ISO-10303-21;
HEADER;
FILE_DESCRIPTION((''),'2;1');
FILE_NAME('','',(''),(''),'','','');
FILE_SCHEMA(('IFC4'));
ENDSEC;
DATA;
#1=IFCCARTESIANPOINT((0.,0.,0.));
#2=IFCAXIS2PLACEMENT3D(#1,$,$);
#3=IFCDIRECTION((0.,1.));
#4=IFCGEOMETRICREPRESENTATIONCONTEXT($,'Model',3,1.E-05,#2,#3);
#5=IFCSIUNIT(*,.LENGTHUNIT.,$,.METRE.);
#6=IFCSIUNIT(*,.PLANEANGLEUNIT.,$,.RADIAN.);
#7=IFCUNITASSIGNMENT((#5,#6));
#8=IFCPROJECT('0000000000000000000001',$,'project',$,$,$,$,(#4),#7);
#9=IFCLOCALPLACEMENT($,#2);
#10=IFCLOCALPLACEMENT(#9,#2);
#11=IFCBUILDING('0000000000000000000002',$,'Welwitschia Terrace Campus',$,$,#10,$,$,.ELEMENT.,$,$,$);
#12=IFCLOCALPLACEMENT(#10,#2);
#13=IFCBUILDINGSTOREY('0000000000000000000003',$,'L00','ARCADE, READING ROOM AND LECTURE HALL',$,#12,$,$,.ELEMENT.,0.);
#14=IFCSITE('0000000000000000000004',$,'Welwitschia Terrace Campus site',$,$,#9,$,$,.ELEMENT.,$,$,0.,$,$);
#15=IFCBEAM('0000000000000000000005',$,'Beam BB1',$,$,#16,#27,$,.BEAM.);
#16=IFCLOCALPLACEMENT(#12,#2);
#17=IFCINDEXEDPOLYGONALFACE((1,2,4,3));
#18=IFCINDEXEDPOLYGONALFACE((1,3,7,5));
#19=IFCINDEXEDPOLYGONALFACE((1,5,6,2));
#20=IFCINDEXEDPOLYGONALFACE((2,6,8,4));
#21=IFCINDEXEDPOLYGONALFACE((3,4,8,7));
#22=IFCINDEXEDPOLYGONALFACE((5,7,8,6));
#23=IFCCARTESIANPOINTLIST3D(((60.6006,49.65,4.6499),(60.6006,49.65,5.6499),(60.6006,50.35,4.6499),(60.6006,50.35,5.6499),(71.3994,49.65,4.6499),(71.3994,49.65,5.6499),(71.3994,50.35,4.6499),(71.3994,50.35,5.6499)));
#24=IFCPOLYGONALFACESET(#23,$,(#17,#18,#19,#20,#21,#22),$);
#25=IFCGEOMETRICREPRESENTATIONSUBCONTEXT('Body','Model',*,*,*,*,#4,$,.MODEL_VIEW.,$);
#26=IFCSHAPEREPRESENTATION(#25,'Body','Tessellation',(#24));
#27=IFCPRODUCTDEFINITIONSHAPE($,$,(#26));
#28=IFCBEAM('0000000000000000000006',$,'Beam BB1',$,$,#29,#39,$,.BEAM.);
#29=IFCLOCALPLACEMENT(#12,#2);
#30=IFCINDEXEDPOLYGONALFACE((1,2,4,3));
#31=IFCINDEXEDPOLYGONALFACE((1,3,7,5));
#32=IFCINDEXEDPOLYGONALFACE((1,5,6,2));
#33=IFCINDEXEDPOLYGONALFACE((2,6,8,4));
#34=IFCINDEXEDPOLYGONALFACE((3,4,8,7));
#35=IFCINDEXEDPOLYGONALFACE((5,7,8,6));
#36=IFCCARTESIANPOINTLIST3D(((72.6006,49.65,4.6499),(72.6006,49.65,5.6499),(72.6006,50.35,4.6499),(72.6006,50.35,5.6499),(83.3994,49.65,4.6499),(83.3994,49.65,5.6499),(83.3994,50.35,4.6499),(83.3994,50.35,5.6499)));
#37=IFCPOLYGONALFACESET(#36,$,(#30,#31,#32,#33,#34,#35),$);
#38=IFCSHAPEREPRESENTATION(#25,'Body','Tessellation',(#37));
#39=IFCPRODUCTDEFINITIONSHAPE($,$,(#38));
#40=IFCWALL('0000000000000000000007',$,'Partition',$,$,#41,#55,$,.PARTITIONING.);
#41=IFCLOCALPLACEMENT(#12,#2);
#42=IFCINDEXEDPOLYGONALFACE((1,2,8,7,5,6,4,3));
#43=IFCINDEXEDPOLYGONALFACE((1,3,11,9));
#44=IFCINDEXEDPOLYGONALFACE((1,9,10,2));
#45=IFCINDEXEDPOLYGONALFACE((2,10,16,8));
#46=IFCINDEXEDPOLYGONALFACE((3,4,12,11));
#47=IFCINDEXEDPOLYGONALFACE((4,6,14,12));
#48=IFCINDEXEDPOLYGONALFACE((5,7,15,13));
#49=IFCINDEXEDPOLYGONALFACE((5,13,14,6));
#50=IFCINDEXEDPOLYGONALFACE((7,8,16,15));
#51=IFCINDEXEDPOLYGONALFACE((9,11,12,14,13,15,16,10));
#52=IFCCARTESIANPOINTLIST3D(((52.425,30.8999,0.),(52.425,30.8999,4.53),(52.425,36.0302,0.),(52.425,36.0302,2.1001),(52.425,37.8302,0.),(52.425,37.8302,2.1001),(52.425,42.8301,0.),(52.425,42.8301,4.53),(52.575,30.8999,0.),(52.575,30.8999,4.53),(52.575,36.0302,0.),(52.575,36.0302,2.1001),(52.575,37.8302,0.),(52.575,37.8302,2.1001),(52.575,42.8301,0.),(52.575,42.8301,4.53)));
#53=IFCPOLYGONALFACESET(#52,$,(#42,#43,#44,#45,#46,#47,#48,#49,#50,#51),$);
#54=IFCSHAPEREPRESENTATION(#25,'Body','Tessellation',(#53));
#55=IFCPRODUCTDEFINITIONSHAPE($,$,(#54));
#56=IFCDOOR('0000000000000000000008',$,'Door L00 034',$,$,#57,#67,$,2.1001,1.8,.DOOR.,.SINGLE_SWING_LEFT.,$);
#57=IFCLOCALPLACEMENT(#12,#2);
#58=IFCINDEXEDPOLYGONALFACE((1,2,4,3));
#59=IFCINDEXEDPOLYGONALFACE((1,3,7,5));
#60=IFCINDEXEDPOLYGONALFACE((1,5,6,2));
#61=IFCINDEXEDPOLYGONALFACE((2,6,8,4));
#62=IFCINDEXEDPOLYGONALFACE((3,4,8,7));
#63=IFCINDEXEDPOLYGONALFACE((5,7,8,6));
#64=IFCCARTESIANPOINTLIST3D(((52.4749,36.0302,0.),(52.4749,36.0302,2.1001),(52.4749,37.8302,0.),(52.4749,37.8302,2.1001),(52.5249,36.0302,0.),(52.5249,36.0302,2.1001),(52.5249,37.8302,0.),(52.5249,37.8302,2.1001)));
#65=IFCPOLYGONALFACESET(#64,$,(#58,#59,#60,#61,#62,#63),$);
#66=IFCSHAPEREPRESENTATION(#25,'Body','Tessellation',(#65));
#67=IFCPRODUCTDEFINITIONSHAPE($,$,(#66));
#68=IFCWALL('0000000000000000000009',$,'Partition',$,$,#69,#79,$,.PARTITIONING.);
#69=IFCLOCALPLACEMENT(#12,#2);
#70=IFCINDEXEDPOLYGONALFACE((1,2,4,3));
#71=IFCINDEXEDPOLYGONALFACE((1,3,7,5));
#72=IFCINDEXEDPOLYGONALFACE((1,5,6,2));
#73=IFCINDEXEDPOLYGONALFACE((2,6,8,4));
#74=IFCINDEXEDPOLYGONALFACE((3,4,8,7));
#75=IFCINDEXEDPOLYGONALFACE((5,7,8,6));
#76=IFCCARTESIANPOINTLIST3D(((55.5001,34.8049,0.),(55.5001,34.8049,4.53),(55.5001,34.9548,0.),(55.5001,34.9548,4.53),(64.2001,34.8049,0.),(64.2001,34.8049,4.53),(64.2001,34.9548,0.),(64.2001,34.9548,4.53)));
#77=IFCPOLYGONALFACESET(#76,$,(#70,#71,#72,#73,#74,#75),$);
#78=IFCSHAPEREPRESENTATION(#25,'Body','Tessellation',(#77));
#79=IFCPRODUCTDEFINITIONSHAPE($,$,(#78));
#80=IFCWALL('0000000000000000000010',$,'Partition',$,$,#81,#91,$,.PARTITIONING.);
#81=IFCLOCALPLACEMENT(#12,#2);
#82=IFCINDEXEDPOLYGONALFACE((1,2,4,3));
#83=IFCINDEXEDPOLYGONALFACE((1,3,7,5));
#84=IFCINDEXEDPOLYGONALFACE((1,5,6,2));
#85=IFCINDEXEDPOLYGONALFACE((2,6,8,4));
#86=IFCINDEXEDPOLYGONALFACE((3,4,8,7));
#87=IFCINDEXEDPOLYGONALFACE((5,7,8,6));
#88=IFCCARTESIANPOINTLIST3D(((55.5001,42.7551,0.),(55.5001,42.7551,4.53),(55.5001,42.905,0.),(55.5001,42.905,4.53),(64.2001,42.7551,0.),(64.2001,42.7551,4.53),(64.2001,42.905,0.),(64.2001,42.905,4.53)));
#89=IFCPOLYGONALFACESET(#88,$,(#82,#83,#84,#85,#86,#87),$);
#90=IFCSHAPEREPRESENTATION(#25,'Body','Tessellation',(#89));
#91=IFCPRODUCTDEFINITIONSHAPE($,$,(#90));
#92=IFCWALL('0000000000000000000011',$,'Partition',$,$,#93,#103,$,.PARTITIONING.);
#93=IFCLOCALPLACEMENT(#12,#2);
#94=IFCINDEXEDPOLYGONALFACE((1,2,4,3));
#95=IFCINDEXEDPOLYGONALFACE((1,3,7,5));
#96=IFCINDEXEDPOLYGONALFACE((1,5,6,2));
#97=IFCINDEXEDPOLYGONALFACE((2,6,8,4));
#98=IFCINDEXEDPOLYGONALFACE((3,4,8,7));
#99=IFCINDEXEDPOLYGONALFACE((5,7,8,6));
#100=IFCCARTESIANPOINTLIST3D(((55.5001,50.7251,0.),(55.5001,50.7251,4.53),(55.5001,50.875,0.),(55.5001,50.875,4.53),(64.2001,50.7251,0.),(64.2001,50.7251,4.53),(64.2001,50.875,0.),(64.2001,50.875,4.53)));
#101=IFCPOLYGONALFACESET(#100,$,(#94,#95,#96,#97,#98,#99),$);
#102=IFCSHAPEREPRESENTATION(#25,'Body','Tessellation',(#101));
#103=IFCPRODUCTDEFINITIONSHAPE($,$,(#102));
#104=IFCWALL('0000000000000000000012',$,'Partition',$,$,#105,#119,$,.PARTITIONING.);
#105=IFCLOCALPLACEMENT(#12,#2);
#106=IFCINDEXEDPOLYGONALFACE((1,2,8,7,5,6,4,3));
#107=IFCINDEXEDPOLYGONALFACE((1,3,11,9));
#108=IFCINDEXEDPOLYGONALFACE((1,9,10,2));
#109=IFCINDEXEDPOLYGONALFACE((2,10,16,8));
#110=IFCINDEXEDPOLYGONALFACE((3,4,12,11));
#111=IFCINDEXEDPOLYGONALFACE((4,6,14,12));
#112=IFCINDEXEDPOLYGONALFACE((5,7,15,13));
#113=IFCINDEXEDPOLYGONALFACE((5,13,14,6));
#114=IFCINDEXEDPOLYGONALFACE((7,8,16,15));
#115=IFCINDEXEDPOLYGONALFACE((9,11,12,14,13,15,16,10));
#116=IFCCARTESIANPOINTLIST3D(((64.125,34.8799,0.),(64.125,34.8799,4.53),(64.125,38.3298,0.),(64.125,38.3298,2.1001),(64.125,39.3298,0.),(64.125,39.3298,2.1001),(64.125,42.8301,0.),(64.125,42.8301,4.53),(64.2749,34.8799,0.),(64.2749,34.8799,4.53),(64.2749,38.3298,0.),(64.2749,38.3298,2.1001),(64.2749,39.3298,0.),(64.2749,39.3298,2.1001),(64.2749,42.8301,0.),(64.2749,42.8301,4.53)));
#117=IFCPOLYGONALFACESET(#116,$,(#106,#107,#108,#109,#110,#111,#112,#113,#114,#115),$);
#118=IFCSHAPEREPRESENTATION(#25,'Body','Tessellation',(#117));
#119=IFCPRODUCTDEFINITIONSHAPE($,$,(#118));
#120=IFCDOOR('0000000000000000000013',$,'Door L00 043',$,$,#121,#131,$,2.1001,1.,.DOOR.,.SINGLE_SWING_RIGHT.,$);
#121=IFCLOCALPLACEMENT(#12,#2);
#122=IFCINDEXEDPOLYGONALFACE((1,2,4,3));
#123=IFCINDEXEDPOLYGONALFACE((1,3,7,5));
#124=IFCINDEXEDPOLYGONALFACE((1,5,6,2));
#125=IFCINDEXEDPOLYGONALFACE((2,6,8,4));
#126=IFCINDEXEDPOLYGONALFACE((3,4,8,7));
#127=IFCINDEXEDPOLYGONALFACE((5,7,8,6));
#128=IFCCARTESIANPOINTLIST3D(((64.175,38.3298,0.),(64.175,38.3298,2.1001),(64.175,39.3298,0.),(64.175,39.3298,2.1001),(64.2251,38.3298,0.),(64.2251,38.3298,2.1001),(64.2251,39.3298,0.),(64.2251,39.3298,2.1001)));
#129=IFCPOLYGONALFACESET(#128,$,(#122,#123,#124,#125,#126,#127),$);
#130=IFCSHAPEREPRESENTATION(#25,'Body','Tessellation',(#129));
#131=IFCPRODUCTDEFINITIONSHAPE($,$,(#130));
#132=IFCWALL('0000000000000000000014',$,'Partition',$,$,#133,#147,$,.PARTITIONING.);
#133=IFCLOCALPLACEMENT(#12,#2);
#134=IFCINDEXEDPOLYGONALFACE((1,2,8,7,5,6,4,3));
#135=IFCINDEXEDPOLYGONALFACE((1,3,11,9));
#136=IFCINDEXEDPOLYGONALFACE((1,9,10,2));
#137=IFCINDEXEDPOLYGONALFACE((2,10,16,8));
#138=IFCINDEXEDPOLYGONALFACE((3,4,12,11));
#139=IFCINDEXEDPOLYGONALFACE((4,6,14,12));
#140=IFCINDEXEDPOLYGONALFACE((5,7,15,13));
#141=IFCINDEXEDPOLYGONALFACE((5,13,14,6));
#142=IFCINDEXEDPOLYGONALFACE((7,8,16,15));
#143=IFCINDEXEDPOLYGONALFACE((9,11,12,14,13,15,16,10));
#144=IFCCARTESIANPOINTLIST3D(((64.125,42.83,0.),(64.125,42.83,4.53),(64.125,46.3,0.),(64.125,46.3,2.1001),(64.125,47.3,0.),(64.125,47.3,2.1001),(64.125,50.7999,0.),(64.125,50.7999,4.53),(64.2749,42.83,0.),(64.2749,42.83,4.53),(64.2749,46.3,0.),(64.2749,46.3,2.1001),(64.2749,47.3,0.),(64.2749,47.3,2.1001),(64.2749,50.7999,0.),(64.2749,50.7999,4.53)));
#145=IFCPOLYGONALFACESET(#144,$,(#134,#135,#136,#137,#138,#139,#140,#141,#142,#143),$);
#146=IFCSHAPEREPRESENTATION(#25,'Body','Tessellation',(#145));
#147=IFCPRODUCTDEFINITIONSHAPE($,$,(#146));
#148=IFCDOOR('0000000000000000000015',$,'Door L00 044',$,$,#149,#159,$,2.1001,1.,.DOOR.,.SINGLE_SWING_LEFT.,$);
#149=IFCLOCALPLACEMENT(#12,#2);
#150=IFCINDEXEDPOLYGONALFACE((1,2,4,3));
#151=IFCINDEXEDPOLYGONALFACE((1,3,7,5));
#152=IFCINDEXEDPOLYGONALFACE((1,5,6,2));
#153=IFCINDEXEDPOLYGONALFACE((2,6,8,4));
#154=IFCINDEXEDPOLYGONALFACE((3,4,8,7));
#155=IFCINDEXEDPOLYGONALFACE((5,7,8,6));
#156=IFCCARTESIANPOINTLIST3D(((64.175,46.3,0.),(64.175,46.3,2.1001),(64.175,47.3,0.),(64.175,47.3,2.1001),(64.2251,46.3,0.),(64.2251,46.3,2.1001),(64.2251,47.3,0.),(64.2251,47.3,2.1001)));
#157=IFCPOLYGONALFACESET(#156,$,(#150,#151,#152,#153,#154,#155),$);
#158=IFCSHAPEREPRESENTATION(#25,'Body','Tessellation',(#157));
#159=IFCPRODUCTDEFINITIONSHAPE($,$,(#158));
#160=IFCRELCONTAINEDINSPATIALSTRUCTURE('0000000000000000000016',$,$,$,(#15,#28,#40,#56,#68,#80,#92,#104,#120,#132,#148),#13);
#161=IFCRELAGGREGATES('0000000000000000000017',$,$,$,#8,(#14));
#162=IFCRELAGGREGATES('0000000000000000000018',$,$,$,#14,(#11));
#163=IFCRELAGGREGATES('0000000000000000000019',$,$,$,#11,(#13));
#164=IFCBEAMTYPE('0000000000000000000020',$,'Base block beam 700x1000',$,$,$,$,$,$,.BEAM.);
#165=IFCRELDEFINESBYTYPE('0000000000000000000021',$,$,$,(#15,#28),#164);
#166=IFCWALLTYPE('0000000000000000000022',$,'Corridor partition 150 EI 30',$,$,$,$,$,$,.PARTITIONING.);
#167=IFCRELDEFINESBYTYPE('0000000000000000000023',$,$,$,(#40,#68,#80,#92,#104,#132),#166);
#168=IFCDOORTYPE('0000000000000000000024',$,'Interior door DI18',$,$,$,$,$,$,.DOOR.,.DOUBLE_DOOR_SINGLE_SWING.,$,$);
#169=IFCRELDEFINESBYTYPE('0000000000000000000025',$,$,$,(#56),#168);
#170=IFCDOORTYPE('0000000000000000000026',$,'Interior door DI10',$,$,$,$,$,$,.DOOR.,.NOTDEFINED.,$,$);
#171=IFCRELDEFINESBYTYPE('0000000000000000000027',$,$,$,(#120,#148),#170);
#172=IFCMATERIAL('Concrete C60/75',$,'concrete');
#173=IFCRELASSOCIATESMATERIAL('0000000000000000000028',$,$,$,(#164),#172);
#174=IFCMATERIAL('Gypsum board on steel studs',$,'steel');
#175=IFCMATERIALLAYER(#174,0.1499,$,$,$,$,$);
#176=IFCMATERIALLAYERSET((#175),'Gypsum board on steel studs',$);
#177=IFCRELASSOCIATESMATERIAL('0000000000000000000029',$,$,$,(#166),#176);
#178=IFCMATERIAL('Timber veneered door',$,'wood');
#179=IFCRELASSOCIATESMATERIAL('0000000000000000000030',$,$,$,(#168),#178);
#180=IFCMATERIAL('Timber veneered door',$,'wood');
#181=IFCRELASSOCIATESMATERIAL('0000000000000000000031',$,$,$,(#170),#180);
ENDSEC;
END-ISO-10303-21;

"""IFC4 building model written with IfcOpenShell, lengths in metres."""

from ifc_helpers import new_model, si_unit, direction, frame, frame_2d, origin, origin_2d, place, context, subcontext, project, spatial, rectangle, extrude, material, layer, layer_set, material_profile, profile_set, type_object, element, fill, save


model = new_model("IFC4")

# Units and contexts
model_context = context("Model", 3, precision=1e-05, world=origin(), true_north=direction((0.0, 1.0)))
body_context = subcontext(model_context, "Body", "Model", "MODEL_VIEW")
ifc_project = project(units=[si_unit("LENGTHUNIT", "METRE"), si_unit("PLANEANGLEUNIT", "RADIAN")], contexts=[model_context])

# Site, building, storey
site_placement = place(None, origin())
site = spatial("IfcSite", under=ifc_project, at=site_placement, Name="Welwitschia Terrace Campus site", CompositionType="ELEMENT", RefElevation=0.0)
building_placement = place(site_placement, origin())
building = spatial("IfcBuilding", under=site, at=building_placement, Name="Welwitschia Terrace Campus", CompositionType="ELEMENT")
storey_placement = place(building_placement, origin())
storey = spatial("IfcBuildingStorey", under=building, at=storey_placement, Name="L00", Description="ARCADE, READING ROOM AND LECTURE HALL", CompositionType="ELEMENT", Elevation=0.0)

# Beams
ifc_material_1 = material(Name="Concrete C60/75", Category="concrete")
ifc_material_profile_1 = material_profile(ifc_material_1, rectangle(XDim=0.7, YDim=1.0, at=origin_2d()))
ifc_profile_set_1 = profile_set([ifc_material_profile_1], Name="Concrete C60/75")
beam_type = type_object("IfcBeamType", Name="Base block beam 700x1000", PredefinedType="BEAM", material=ifc_profile_set_1)
for number, where, z_axis, x_axis, name in (
    (1, (60.6006, 50.0, 5.1499), (1.0, 0.0, 0.0), (0.0, 1.0, 0.0), "Beam BB1"),
    (2, (72.6006, 50.0, 5.1499), (1.0, 0.0, 0.0), (0.0, 1.0, 0.0), "Beam BB1"),
):
    element("IfcBeam", number, at=place(storey_placement, frame(where, z_axis=z_axis, x_axis=x_axis)), inside=storey, type_object=beam_type, Name=name, PredefinedType="BEAM", context=body_context, shape_type="SweptSolid", body=[
        extrude(rectangle(XDim=0.7, YDim=1.0, at=origin_2d()), origin(), (0.0, 0.0, 1.0), 10.7988),
    ])

# Wall, opening, door
ifc_material_2 = material(Name="Gypsum board on steel studs", Category="steel")
ifc_layer = layer(ifc_material_2, 0.1499)
ifc_layer_set = layer_set([ifc_layer], Name="Gypsum board on steel studs")
wall_type = type_object("IfcWallType", Name="Corridor partition 150 EI 30", PredefinedType="PARTITIONING", material=ifc_layer_set)
wall_1_placement = place(storey_placement, frame((52.5, 42.8301, 0.0), z_axis=(0.0, 0.0, 1.0), x_axis=(0.0, -1.0, 0.0)))
wall_1 = element("IfcWall", 3, at=wall_1_placement, inside=storey, type_object=wall_type, Name="Partition", PredefinedType="PARTITIONING", context=body_context, shape_type="SweptSolid", body=[
    extrude(rectangle(XDim=11.9302, YDim=0.1499, at=frame_2d((5.9651, 0.0))), origin(), (0.0, 0.0, 1.0), 4.53),
])
opening_1_placement = place(wall_1_placement, frame((5.0, 0.0, 0.0)))
opening_1 = element("IfcOpeningElement", 4, at=opening_1_placement, cuts=wall_1, PredefinedType="OPENING", context=body_context, shape_type="SweptSolid", body=[
    extrude(rectangle(XDim=1.8, YDim=2.1001, at=frame_2d((0.8999, 1.05))), frame((0.0, 0.085, 0.0), z_axis=(0.0, -1.0, 0.0), x_axis=(1.0, 0.0, 0.0)), (0.0, 0.0, 1.0), 0.1699),
])
ifc_material_3 = material(Name="Timber veneered door", Category="wood")
door_type_1 = type_object("IfcDoorType", Name="Interior door DI18", OperationType="DOUBLE_DOOR_SINGLE_SWING", PredefinedType="DOOR", material=ifc_material_3)
door_1_placement = place(opening_1_placement, origin())
door_1 = element("IfcDoor", 5, at=door_1_placement, inside=storey, type_object=door_type_1, Name="Door L00 034", OperationType="SINGLE_SWING_LEFT", OverallHeight=2.1001, OverallWidth=1.8, PredefinedType="DOOR", context=body_context, shape_type="SweptSolid", body=[
    extrude(rectangle(XDim=1.8, YDim=2.1001, at=frame_2d((0.8999, 1.05))), frame((0.0, 0.0249, 0.0), z_axis=(0.0, -1.0, 0.0), x_axis=(1.0, 0.0, 0.0)), (0.0, 0.0, 1.0), 0.05),
])
fill(opening_1, door_1)

# Walls
for number, where, z_axis, x_axis, name in (
    (6, (55.5, 34.8799, 0.0), (0.0, 0.0, 1.0), (1.0, 0.0, 0.0), "Partition"),
    (7, (55.5, 42.8301, 0.0), (0.0, 0.0, 1.0), (1.0, 0.0, 0.0), "Partition"),
    (8, (55.5, 50.8, 0.0), (0.0, 0.0, 1.0), (1.0, 0.0, 0.0), "Partition"),
):
    element("IfcWall", number, at=place(storey_placement, frame(where, z_axis=z_axis, x_axis=x_axis)), inside=storey, type_object=wall_type, Name=name, PredefinedType="PARTITIONING", context=body_context, shape_type="SweptSolid", body=[
        extrude(rectangle(XDim=8.7, YDim=0.1499, at=frame_2d((4.3501, 0.0))), origin(), (0.0, 0.0, 1.0), 4.53),
    ])

# Walls, openings, doors
wall_2_placement = place(storey_placement, frame((64.2, 34.8799, 0.0), z_axis=(0.0, 0.0, 1.0), x_axis=(0.0, 1.0, 0.0)))
wall_2 = element("IfcWall", 9, at=wall_2_placement, inside=storey, type_object=wall_type, Name="Partition", PredefinedType="PARTITIONING", context=body_context, shape_type="SweptSolid", body=[
    extrude(rectangle(XDim=7.9502, YDim=0.1499, at=frame_2d((3.9751, 0.0))), origin(), (0.0, 0.0, 1.0), 4.53),
])
opening_2_placement = place(wall_2_placement, frame((3.45, 0.0, 0.0)))
opening_2 = element("IfcOpeningElement", 10, at=opening_2_placement, cuts=wall_2, PredefinedType="OPENING", context=body_context, shape_type="SweptSolid", body=[
    extrude(rectangle(XDim=1.0, YDim=2.1001, at=frame_2d((0.5, 1.05))), frame((0.0, 0.085, 0.0), z_axis=(0.0, -1.0, 0.0), x_axis=(1.0, 0.0, 0.0)), (0.0, 0.0, 1.0), 0.1699),
])
ifc_material_4 = material(Name="Timber veneered door", Category="wood")
door_type_2 = type_object("IfcDoorType", Name="Interior door DI10", OperationType="NOTDEFINED", PredefinedType="DOOR", material=ifc_material_4)
door_2_placement = place(opening_2_placement, origin())
door_2 = element("IfcDoor", 11, at=door_2_placement, inside=storey, type_object=door_type_2, Name="Door L00 043", OperationType="SINGLE_SWING_RIGHT", OverallHeight=2.1001, OverallWidth=1.0, PredefinedType="DOOR", context=body_context, shape_type="SweptSolid", body=[
    extrude(rectangle(XDim=1.0, YDim=2.1001, at=frame_2d((0.5, 1.05))), frame((0.0, 0.0249, 0.0), z_axis=(0.0, -1.0, 0.0), x_axis=(1.0, 0.0, 0.0)), (0.0, 0.0, 1.0), 0.05),
])
fill(opening_2, door_2)
wall_3_placement = place(storey_placement, frame((64.2, 42.8301, 0.0), z_axis=(0.0, 0.0, 1.0), x_axis=(0.0, 1.0, 0.0)))
wall_3 = element("IfcWall", 12, at=wall_3_placement, inside=storey, type_object=wall_type, Name="Partition", PredefinedType="PARTITIONING", context=body_context, shape_type="SweptSolid", body=[
    extrude(rectangle(XDim=7.97, YDim=0.1499, at=frame_2d((3.9849, 0.0))), origin(), (0.0, 0.0, 1.0), 4.53),
])
opening_3_placement = place(wall_3_placement, frame((3.47, 0.0, 0.0)))
opening_3 = element("IfcOpeningElement", 13, at=opening_3_placement, cuts=wall_3, PredefinedType="OPENING", context=body_context, shape_type="SweptSolid", body=[
    extrude(rectangle(XDim=1.0, YDim=2.1001, at=frame_2d((0.5, 1.05))), frame((0.0, 0.085, 0.0), z_axis=(0.0, -1.0, 0.0), x_axis=(1.0, 0.0, 0.0)), (0.0, 0.0, 1.0), 0.1699),
])
door_3_placement = place(opening_3_placement, origin())
door_3 = element("IfcDoor", 14, at=door_3_placement, inside=storey, type_object=door_type_2, Name="Door L00 044", OperationType="SINGLE_SWING_LEFT", OverallHeight=2.1001, OverallWidth=1.0, PredefinedType="DOOR", context=body_context, shape_type="SweptSolid", body=[
    extrude(rectangle(XDim=1.0, YDim=2.1001, at=frame_2d((0.5, 1.05))), frame((0.0, 0.0249, 0.0), z_axis=(0.0, -1.0, 0.0), x_axis=(1.0, 0.0, 0.0)), (0.0, 0.0, 1.0), 0.05),
])
fill(opening_3, door_3)

save(model, "model.ifc")
